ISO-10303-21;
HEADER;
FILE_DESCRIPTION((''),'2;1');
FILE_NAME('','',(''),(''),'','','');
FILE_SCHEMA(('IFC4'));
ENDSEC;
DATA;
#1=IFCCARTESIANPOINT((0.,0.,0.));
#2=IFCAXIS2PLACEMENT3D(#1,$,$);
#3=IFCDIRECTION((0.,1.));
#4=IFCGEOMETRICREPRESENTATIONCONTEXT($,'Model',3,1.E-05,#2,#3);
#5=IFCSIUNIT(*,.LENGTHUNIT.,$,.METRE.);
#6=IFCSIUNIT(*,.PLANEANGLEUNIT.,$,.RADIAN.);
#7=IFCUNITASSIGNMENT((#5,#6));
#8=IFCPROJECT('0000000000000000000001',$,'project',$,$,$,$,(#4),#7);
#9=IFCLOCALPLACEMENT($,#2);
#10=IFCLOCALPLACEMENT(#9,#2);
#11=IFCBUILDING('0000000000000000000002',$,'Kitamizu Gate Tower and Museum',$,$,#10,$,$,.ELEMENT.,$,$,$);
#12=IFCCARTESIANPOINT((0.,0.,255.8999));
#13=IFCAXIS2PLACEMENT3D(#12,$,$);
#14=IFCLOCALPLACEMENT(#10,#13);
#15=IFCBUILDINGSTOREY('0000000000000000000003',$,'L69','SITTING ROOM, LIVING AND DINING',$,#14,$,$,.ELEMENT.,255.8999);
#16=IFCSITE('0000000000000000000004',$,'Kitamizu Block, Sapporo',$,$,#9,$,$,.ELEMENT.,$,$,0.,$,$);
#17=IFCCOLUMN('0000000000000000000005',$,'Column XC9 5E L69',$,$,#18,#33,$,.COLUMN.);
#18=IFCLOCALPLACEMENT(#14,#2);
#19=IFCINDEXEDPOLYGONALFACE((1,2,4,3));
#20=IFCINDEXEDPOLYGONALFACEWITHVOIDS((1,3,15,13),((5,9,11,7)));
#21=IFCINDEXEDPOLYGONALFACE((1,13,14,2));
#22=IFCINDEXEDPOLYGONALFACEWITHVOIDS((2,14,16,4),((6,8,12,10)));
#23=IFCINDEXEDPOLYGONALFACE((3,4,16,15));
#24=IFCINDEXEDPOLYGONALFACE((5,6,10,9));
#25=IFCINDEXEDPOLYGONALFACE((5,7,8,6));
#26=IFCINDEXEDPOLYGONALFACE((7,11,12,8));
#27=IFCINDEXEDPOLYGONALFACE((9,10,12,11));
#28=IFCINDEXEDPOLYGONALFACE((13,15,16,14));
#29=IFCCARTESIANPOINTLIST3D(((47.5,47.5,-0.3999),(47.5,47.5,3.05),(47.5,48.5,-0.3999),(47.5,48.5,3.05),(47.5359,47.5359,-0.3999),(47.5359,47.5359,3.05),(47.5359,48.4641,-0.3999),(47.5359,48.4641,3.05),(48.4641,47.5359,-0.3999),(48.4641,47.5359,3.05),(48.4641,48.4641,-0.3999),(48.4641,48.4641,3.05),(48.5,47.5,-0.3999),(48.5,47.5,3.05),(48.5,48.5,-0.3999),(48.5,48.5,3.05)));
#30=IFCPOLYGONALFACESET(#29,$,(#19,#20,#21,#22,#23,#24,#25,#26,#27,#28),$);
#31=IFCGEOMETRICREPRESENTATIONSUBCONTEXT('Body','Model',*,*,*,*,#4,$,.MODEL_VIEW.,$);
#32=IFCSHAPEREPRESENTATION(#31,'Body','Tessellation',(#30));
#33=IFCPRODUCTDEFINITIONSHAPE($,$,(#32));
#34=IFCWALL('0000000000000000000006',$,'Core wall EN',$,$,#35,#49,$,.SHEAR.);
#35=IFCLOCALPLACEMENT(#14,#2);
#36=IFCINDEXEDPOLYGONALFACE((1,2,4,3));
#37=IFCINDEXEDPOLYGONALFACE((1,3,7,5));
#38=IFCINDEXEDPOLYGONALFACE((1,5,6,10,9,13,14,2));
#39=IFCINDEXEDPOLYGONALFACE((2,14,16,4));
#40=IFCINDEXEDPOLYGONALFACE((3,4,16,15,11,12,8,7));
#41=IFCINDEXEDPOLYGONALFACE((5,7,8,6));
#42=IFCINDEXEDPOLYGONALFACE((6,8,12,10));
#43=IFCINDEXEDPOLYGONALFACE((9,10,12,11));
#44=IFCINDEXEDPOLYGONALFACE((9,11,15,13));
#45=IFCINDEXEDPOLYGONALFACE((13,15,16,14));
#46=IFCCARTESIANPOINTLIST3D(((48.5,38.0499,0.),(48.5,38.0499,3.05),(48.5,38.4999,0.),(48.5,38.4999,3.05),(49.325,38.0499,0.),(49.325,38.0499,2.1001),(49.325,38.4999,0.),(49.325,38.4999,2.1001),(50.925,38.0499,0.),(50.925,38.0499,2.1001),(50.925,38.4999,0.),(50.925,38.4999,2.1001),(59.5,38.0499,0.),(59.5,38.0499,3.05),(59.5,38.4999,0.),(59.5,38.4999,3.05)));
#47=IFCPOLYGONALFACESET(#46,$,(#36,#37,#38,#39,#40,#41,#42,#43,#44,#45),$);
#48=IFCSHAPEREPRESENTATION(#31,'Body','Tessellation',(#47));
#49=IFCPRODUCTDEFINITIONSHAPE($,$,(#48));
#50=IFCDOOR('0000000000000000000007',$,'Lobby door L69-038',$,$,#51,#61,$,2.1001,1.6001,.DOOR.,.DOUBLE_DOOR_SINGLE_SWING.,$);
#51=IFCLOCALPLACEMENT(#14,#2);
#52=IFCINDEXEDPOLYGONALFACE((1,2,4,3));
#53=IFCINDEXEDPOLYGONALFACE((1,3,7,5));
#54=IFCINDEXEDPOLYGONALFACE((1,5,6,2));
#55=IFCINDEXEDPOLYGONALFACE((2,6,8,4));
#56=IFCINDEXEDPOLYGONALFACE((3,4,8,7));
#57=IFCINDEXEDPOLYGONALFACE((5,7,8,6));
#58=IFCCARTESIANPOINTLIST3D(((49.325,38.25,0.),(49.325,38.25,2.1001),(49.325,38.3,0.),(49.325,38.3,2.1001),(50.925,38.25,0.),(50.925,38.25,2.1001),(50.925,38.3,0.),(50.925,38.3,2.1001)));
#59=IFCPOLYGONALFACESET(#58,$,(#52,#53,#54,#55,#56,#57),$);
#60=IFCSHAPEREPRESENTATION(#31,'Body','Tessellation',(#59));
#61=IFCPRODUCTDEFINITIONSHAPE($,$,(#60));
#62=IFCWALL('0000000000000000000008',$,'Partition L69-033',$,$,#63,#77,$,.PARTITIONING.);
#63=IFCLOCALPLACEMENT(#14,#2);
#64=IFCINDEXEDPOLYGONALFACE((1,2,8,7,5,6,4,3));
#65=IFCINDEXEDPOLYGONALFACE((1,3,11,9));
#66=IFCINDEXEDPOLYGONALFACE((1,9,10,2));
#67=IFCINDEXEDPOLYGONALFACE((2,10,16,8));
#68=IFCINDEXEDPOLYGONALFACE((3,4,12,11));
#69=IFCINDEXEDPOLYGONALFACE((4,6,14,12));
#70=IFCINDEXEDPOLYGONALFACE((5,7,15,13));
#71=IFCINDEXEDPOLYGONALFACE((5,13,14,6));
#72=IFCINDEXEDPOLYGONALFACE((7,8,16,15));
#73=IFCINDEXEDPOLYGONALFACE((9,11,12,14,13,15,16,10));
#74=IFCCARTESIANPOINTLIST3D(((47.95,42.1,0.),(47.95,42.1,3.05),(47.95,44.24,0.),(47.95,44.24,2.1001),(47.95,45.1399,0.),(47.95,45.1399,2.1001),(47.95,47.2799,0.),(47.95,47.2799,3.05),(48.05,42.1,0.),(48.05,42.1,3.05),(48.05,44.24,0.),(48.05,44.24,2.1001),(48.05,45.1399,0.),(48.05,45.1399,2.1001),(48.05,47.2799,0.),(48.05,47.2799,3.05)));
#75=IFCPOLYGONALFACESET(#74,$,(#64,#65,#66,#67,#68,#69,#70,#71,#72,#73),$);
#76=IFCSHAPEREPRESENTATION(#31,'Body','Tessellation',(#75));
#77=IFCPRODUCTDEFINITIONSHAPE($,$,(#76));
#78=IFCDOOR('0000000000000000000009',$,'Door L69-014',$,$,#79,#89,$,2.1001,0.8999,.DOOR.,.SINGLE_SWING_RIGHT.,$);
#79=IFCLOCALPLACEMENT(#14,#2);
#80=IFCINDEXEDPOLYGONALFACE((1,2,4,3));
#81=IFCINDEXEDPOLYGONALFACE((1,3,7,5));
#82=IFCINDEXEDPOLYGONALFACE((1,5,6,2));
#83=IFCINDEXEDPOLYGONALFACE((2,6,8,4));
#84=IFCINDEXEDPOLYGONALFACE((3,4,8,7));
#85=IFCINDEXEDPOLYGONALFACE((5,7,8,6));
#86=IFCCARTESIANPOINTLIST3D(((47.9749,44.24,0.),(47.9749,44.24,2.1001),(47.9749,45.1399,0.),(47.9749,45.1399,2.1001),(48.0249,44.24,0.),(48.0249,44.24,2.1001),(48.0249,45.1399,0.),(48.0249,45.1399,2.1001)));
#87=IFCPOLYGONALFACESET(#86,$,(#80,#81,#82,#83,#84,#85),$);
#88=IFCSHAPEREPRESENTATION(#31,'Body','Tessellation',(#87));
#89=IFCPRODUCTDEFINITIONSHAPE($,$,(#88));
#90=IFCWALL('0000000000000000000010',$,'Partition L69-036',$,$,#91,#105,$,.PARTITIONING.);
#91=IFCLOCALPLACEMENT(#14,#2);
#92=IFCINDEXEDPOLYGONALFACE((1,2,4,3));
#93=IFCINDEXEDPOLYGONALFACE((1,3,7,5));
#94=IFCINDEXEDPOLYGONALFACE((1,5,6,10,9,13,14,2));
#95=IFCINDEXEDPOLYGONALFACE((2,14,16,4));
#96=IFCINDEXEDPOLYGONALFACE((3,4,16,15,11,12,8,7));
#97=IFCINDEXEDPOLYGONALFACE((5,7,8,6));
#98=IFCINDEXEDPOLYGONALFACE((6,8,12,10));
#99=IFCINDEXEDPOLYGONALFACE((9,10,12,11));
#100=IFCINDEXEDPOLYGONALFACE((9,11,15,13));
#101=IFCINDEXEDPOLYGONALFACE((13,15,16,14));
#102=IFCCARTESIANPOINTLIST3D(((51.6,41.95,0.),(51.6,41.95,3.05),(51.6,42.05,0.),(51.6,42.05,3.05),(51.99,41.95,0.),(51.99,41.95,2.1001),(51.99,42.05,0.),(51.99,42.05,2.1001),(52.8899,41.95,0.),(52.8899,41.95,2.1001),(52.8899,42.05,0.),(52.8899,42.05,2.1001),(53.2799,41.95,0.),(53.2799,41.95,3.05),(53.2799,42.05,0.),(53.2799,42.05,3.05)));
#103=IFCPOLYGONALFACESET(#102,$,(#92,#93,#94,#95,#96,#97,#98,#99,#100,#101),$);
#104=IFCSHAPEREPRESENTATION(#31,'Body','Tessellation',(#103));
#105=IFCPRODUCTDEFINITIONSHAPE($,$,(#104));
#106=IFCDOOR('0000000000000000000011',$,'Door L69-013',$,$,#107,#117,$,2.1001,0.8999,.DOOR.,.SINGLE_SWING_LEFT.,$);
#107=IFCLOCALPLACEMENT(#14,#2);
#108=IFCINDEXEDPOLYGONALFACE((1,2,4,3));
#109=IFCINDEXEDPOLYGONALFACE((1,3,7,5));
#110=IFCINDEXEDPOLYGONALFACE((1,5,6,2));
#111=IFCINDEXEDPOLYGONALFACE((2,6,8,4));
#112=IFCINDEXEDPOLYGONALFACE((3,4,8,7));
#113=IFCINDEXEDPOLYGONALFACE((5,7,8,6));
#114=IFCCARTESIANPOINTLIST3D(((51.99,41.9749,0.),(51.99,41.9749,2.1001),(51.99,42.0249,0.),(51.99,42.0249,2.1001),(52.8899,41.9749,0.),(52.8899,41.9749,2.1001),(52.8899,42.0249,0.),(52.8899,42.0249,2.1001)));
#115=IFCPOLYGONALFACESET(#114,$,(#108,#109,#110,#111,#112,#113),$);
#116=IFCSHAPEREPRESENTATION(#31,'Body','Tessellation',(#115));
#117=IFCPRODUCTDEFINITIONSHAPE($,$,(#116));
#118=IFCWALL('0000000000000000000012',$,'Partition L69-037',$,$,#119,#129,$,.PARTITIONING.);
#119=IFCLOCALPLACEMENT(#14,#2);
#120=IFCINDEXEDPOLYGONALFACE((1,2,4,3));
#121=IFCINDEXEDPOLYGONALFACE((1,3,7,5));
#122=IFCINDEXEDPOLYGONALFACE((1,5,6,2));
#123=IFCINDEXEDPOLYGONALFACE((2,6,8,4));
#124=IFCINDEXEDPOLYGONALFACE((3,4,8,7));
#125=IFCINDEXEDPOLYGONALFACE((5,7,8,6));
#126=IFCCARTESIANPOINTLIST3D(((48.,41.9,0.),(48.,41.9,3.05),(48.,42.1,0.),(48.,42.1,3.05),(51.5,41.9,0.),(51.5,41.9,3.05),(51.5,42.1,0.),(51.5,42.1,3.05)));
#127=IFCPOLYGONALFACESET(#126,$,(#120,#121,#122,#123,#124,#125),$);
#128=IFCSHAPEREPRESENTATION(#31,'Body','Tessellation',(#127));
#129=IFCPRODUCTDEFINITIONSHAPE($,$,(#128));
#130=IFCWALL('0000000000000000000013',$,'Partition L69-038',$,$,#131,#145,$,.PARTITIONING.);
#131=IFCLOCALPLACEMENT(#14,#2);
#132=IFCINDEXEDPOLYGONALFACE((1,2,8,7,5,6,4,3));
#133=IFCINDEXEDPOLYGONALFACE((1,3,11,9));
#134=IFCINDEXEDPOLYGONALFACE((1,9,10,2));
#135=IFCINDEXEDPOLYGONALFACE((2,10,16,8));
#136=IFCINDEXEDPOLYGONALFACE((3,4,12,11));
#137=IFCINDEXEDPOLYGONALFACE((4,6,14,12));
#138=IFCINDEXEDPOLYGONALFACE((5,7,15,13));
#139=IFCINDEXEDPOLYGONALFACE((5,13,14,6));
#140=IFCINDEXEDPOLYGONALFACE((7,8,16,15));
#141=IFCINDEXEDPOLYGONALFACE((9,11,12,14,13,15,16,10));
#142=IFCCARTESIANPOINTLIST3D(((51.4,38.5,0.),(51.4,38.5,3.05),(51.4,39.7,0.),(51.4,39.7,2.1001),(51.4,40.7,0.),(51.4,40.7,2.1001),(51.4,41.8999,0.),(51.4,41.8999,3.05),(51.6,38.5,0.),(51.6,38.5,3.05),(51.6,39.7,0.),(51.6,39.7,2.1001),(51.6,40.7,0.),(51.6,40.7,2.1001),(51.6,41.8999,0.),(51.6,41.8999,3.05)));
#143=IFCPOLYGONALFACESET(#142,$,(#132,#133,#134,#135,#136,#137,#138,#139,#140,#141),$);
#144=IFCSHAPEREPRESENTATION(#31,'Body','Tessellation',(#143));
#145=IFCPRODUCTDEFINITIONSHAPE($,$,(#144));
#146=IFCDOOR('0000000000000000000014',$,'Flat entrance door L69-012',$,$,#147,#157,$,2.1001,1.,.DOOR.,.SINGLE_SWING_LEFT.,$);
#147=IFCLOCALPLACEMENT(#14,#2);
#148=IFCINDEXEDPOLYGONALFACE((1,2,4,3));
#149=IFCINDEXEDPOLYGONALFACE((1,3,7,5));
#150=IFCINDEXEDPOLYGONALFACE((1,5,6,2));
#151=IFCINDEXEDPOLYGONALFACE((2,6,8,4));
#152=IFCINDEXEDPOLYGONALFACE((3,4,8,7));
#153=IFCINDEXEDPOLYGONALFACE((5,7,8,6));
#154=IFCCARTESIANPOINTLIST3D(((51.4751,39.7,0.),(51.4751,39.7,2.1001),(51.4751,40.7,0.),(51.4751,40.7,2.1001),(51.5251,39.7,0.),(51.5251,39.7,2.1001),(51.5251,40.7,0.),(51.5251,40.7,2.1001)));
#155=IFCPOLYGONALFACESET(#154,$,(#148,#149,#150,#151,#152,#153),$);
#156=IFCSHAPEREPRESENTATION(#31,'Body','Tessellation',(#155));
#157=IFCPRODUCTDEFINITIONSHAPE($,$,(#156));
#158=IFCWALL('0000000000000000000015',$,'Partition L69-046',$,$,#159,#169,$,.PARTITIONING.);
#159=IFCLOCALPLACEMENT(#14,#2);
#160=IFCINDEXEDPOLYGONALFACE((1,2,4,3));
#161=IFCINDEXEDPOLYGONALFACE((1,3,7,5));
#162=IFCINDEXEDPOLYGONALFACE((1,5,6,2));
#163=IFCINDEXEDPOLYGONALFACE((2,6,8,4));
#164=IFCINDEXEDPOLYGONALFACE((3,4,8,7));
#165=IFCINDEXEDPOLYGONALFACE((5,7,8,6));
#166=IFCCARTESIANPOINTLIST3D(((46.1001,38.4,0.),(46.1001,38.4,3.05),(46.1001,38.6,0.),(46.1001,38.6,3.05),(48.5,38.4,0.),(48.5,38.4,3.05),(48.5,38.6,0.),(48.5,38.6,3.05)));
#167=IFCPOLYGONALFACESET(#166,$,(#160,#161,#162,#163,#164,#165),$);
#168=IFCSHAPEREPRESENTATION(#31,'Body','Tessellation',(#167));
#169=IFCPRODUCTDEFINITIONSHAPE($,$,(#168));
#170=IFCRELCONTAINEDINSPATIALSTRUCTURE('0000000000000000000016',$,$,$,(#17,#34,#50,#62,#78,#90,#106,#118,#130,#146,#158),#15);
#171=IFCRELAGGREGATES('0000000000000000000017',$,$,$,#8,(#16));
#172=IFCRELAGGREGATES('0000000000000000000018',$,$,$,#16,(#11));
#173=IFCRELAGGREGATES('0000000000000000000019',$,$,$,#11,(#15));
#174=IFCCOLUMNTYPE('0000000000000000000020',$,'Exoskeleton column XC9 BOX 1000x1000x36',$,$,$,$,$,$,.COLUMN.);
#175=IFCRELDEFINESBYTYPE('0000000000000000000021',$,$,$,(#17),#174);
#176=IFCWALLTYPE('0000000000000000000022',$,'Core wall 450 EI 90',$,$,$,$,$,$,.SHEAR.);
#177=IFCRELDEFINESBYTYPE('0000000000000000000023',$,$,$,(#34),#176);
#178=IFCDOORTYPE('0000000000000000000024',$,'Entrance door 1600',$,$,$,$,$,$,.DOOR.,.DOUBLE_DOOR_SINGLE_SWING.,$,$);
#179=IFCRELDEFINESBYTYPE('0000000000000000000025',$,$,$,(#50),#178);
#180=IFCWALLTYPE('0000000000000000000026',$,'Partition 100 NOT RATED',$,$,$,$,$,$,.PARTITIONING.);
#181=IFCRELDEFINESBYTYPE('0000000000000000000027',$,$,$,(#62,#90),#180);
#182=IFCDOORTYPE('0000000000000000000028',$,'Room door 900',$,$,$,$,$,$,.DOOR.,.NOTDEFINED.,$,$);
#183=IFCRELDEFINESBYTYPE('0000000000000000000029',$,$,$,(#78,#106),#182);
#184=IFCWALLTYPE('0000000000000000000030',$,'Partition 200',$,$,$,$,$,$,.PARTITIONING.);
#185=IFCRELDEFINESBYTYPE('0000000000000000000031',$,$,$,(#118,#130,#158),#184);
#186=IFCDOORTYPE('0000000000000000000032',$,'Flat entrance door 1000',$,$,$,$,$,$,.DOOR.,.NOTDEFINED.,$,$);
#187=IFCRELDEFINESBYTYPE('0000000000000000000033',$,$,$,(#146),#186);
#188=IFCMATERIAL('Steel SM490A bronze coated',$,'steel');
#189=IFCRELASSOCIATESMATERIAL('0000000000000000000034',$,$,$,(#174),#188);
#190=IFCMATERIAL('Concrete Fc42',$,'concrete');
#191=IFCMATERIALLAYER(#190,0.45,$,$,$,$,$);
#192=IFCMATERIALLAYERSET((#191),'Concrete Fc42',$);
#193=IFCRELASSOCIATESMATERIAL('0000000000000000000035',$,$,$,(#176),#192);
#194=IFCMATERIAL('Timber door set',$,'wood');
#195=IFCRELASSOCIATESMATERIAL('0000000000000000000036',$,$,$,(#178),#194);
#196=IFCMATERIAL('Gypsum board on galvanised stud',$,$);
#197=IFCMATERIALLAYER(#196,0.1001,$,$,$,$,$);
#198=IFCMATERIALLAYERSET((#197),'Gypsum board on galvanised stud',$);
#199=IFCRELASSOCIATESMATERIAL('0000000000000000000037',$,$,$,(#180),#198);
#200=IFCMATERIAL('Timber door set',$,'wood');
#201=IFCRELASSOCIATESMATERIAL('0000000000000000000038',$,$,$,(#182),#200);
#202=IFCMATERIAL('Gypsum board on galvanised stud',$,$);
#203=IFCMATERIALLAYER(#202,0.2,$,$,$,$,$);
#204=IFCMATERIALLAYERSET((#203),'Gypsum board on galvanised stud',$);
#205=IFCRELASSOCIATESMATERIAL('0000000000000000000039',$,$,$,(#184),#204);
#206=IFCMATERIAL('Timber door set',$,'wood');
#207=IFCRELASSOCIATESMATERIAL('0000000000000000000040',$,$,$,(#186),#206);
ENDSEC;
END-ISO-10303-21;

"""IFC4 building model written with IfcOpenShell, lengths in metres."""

from ifc_helpers import new_model, si_unit, direction, frame, frame_2d, origin, origin_2d, place, context, subcontext, project, spatial, rectangle, hollow_rectangle, extrude, material, layer, layer_set, material_profile, profile_set, type_object, element, fill, save


model = new_model("IFC4")

# Units and contexts
model_context = context("Model", 3, precision=1e-05, world=origin(), true_north=direction((0.0, 1.0)))
body_context = subcontext(model_context, "Body", "Model", "MODEL_VIEW")
ifc_project = project(units=[si_unit("LENGTHUNIT", "METRE"), si_unit("PLANEANGLEUNIT", "RADIAN")], contexts=[model_context])

# Site, building, storey
site_placement = place(None, origin())
site = spatial("IfcSite", under=ifc_project, at=site_placement, Name="Kitamizu Block, Sapporo", CompositionType="ELEMENT", RefElevation=0.0)
building_placement = place(site_placement, origin())
building = spatial("IfcBuilding", under=site, at=building_placement, Name="Kitamizu Gate Tower and Museum", CompositionType="ELEMENT")
storey_placement = place(building_placement, frame((0.0, 0.0, 255.8999)))
storey = spatial("IfcBuildingStorey", under=building, at=storey_placement, Name="L69", Description="SITTING ROOM, LIVING AND DINING", CompositionType="ELEMENT", Elevation=255.8999)

# Column
ifc_material_1 = material(Name="Steel SM490A bronze coated", Category="steel")
ifc_material_profile = material_profile(ifc_material_1, hollow_rectangle(XDim=1.0, YDim=1.0, WallThickness=0.0359, at=origin_2d()), Name="BOX 1000x1000x36")
ifc_profile_set = profile_set([ifc_material_profile], Name="Steel SM490A bronze coated")
column_type = type_object("IfcColumnType", Name="Exoskeleton column XC9 BOX 1000x1000x36", PredefinedType="COLUMN", material=ifc_profile_set)
column_placement = place(storey_placement, frame((48.0, 48.0, -0.3999), z_axis=(0.0, 0.0, 1.0), x_axis=(1.0, 0.0, 0.0)))
element("IfcColumn", 1, at=column_placement, inside=storey, type_object=column_type, Name="Column XC9 5E L69", PredefinedType="COLUMN", context=body_context, shape_type="SweptSolid", body=[
    extrude(hollow_rectangle(XDim=1.0, YDim=1.0, WallThickness=0.0359, at=origin_2d()), origin(), (0.0, 0.0, 1.0), 3.45),
])

# Walls, openings, doors
ifc_material_2 = material(Name="Concrete Fc42", Category="concrete")
ifc_layer_1 = layer(ifc_material_2, 0.45)
ifc_layer_set_1 = layer_set([ifc_layer_1], Name="Concrete Fc42")
wall_type_1 = type_object("IfcWallType", Name="Core wall 450 EI 90", PredefinedType="SHEAR", material=ifc_layer_set_1)
wall_1_placement = place(storey_placement, frame((59.5, 38.2749, 0.0), z_axis=(0.0, 0.0, 1.0), x_axis=(-1.0, 0.0, 0.0)))
wall_1 = element("IfcWall", 2, at=wall_1_placement, inside=storey, type_object=wall_type_1, Name="Core wall EN", PredefinedType="SHEAR", context=body_context, shape_type="SweptSolid", body=[
    extrude(rectangle(XDim=11.0, YDim=0.45, at=frame_2d((5.5, 0.0))), origin(), (0.0, 0.0, 1.0), 3.05),
])
opening_1_placement = place(wall_1_placement, frame((8.575, 0.0, 0.0)))
opening_1 = element("IfcOpeningElement", 3, at=opening_1_placement, cuts=wall_1, PredefinedType="OPENING", context=body_context, shape_type="SweptSolid", body=[
    extrude(rectangle(XDim=1.6001, YDim=2.1001, at=frame_2d((0.8, 1.05))), frame((0.0, 0.2349, 0.0), z_axis=(0.0, -1.0, 0.0), x_axis=(1.0, 0.0, 0.0)), (0.0, 0.0, 1.0), 0.47),
])
ifc_material_3 = material(Name="Timber door set", Category="wood")
door_type_1 = type_object("IfcDoorType", Name="Entrance door 1600", OperationType="DOUBLE_DOOR_SINGLE_SWING", PredefinedType="DOOR", material=ifc_material_3)
door_1_placement = place(opening_1_placement, origin())
door_1 = element("IfcDoor", 4, at=door_1_placement, inside=storey, type_object=door_type_1, Name="Lobby door L69-038", OperationType="DOUBLE_DOOR_SINGLE_SWING", OverallHeight=2.1001, OverallWidth=1.6001, PredefinedType="DOOR", context=body_context, shape_type="SweptSolid", body=[
    extrude(rectangle(XDim=1.6001, YDim=2.1001, at=frame_2d((0.8, 1.05))), frame((0.0, 0.0249, 0.0), z_axis=(0.0, -1.0, 0.0), x_axis=(1.0, 0.0, 0.0)), (0.0, 0.0, 1.0), 0.05),
])
fill(opening_1, door_1)
ifc_material_4 = material(Name="Gypsum board on galvanised stud")
ifc_layer_2 = layer(ifc_material_4, 0.1001)
ifc_layer_set_2 = layer_set([ifc_layer_2], Name="Gypsum board on galvanised stud")
wall_type_2 = type_object("IfcWallType", Name="Partition 100 NOT RATED", PredefinedType="PARTITIONING", material=ifc_layer_set_2)
wall_2_placement = place(storey_placement, frame((48.0, 42.1001, 0.0), z_axis=(0.0, 0.0, 1.0), x_axis=(0.0, 1.0, 0.0)))
wall_2 = element("IfcWall", 5, at=wall_2_placement, inside=storey, type_object=wall_type_2, Name="Partition L69-033", PredefinedType="PARTITIONING", context=body_context, shape_type="SweptSolid", body=[
    extrude(rectangle(XDim=5.1799, YDim=0.1001, at=frame_2d((2.5898, 0.0))), origin(), (0.0, 0.0, 1.0), 3.05),
])
opening_2_placement = place(wall_2_placement, frame((2.1399, 0.0, 0.0)))
opening_2 = element("IfcOpeningElement", 6, at=opening_2_placement, cuts=wall_2, PredefinedType="OPENING", context=body_context, shape_type="SweptSolid", body=[
    extrude(rectangle(XDim=0.8999, YDim=2.1001, at=frame_2d((0.45, 1.05))), frame((0.0, 0.0601, 0.0), z_axis=(0.0, -1.0, 0.0), x_axis=(1.0, 0.0, 0.0)), (0.0, 0.0, 1.0), 0.1201),
])
ifc_material_5 = material(Name="Timber door set", Category="wood")
door_type_2 = type_object("IfcDoorType", Name="Room door 900", OperationType="NOTDEFINED", PredefinedType="DOOR", material=ifc_material_5)
door_2_placement = place(opening_2_placement, frame((0.8999, 0.0, 0.0), x_axis=(-1.0, 0.0, 0.0)))
door_2 = element("IfcDoor", 7, at=door_2_placement, inside=storey, type_object=door_type_2, Name="Door L69-014", OperationType="SINGLE_SWING_RIGHT", OverallHeight=2.1001, OverallWidth=0.8999, PredefinedType="DOOR", context=body_context, shape_type="SweptSolid", body=[
    extrude(rectangle(XDim=0.8999, YDim=2.1001, at=frame_2d((0.45, 1.05))), frame((0.0, 0.0249, 0.0), z_axis=(0.0, -1.0, 0.0), x_axis=(1.0, 0.0, 0.0)), (0.0, 0.0, 1.0), 0.05),
])
fill(opening_2, door_2)
wall_3_placement = place(storey_placement, frame((51.6001, 42.0, 0.0), z_axis=(0.0, 0.0, 1.0), x_axis=(1.0, 0.0, 0.0)))
wall_3 = element("IfcWall", 8, at=wall_3_placement, inside=storey, type_object=wall_type_2, Name="Partition L69-036", PredefinedType="PARTITIONING", context=body_context, shape_type="SweptSolid", body=[
    extrude(rectangle(XDim=1.6799, YDim=0.1001, at=frame_2d((0.8398, 0.0))), origin(), (0.0, 0.0, 1.0), 3.05),
])
opening_3_placement = place(wall_3_placement, frame((0.3899, 0.0, 0.0)))
opening_3 = element("IfcOpeningElement", 9, at=opening_3_placement, cuts=wall_3, PredefinedType="OPENING", context=body_context, shape_type="SweptSolid", body=[
    extrude(rectangle(XDim=0.8999, YDim=2.1001, at=frame_2d((0.45, 1.05))), frame((0.0, 0.0601, 0.0), z_axis=(0.0, -1.0, 0.0), x_axis=(1.0, 0.0, 0.0)), (0.0, 0.0, 1.0), 0.1201),
])
door_3_placement = place(opening_3_placement, origin())
door_3 = element("IfcDoor", 10, at=door_3_placement, inside=storey, type_object=door_type_2, Name="Door L69-013", OperationType="SINGLE_SWING_LEFT", OverallHeight=2.1001, OverallWidth=0.8999, PredefinedType="DOOR", context=body_context, shape_type="SweptSolid", body=[
    extrude(rectangle(XDim=0.8999, YDim=2.1001, at=frame_2d((0.45, 1.05))), frame((0.0, 0.0249, 0.0), z_axis=(0.0, -1.0, 0.0), x_axis=(1.0, 0.0, 0.0)), (0.0, 0.0, 1.0), 0.05),
])
fill(opening_3, door_3)

# Wall
ifc_material_6 = material(Name="Gypsum board on galvanised stud")
ifc_layer_3 = layer(ifc_material_6, 0.2)
ifc_layer_set_3 = layer_set([ifc_layer_3], Name="Gypsum board on galvanised stud")
wall_type_3 = type_object("IfcWallType", Name="Partition 200", PredefinedType="PARTITIONING", material=ifc_layer_set_3)
wall_4_placement = place(storey_placement, frame((48.0, 42.0, 0.0), z_axis=(0.0, 0.0, 1.0), x_axis=(1.0, 0.0, 0.0)))
element("IfcWall", 11, at=wall_4_placement, inside=storey, type_object=wall_type_3, Name="Partition L69-037", PredefinedType="PARTITIONING", context=body_context, shape_type="SweptSolid", body=[
    extrude(rectangle(XDim=3.5, YDim=0.2, at=frame_2d((1.75, 0.0))), origin(), (0.0, 0.0, 1.0), 3.05),
])

# Wall, opening, door
wall_5_placement = place(storey_placement, frame((51.5, 41.8999, 0.0), z_axis=(0.0, 0.0, 1.0), x_axis=(0.0, -1.0, 0.0)))
wall_5 = element("IfcWall", 12, at=wall_5_placement, inside=storey, type_object=wall_type_3, Name="Partition L69-038", PredefinedType="PARTITIONING", context=body_context, shape_type="SweptSolid", body=[
    extrude(rectangle(XDim=3.3999, YDim=0.2, at=frame_2d((1.7, 0.0))), origin(), (0.0, 0.0, 1.0), 3.05),
])
opening_4_placement = place(wall_5_placement, frame((1.2, 0.0, 0.0)))
opening_4 = element("IfcOpeningElement", 13, at=opening_4_placement, cuts=wall_5, PredefinedType="OPENING", context=body_context, shape_type="SweptSolid", body=[
    extrude(rectangle(XDim=1.0, YDim=2.1001, at=frame_2d((0.5, 1.05))), frame((0.0, 0.1099, 0.0), z_axis=(0.0, -1.0, 0.0), x_axis=(1.0, 0.0, 0.0)), (0.0, 0.0, 1.0), 0.22),
])
ifc_material_7 = material(Name="Timber door set", Category="wood")
door_type_3 = type_object("IfcDoorType", Name="Flat entrance door 1000", OperationType="NOTDEFINED", PredefinedType="DOOR", material=ifc_material_7)
door_4_placement = place(opening_4_placement, frame((1.0, 0.0, 0.0), x_axis=(-1.0, 0.0, 0.0)))
door_4 = element("IfcDoor", 14, at=door_4_placement, inside=storey, type_object=door_type_3, Name="Flat entrance door L69-012", OperationType="SINGLE_SWING_LEFT", OverallHeight=2.1001, OverallWidth=1.0, PredefinedType="DOOR", context=body_context, shape_type="SweptSolid", body=[
    extrude(rectangle(XDim=1.0, YDim=2.1001, at=frame_2d((0.5, 1.05))), frame((0.0, 0.0249, 0.0), z_axis=(0.0, -1.0, 0.0), x_axis=(1.0, 0.0, 0.0)), (0.0, 0.0, 1.0), 0.05),
])
fill(opening_4, door_4)

# Wall
wall_6_placement = place(storey_placement, frame((48.5, 38.5, 0.0), z_axis=(0.0, 0.0, 1.0), x_axis=(-1.0, 0.0, 0.0)))
element("IfcWall", 15, at=wall_6_placement, inside=storey, type_object=wall_type_3, Name="Partition L69-046", PredefinedType="PARTITIONING", context=body_context, shape_type="SweptSolid", body=[
    extrude(rectangle(XDim=2.3999, YDim=0.2, at=frame_2d((1.2, 0.0))), origin(), (0.0, 0.0, 1.0), 3.05),
])

save(model, "model.ifc")
